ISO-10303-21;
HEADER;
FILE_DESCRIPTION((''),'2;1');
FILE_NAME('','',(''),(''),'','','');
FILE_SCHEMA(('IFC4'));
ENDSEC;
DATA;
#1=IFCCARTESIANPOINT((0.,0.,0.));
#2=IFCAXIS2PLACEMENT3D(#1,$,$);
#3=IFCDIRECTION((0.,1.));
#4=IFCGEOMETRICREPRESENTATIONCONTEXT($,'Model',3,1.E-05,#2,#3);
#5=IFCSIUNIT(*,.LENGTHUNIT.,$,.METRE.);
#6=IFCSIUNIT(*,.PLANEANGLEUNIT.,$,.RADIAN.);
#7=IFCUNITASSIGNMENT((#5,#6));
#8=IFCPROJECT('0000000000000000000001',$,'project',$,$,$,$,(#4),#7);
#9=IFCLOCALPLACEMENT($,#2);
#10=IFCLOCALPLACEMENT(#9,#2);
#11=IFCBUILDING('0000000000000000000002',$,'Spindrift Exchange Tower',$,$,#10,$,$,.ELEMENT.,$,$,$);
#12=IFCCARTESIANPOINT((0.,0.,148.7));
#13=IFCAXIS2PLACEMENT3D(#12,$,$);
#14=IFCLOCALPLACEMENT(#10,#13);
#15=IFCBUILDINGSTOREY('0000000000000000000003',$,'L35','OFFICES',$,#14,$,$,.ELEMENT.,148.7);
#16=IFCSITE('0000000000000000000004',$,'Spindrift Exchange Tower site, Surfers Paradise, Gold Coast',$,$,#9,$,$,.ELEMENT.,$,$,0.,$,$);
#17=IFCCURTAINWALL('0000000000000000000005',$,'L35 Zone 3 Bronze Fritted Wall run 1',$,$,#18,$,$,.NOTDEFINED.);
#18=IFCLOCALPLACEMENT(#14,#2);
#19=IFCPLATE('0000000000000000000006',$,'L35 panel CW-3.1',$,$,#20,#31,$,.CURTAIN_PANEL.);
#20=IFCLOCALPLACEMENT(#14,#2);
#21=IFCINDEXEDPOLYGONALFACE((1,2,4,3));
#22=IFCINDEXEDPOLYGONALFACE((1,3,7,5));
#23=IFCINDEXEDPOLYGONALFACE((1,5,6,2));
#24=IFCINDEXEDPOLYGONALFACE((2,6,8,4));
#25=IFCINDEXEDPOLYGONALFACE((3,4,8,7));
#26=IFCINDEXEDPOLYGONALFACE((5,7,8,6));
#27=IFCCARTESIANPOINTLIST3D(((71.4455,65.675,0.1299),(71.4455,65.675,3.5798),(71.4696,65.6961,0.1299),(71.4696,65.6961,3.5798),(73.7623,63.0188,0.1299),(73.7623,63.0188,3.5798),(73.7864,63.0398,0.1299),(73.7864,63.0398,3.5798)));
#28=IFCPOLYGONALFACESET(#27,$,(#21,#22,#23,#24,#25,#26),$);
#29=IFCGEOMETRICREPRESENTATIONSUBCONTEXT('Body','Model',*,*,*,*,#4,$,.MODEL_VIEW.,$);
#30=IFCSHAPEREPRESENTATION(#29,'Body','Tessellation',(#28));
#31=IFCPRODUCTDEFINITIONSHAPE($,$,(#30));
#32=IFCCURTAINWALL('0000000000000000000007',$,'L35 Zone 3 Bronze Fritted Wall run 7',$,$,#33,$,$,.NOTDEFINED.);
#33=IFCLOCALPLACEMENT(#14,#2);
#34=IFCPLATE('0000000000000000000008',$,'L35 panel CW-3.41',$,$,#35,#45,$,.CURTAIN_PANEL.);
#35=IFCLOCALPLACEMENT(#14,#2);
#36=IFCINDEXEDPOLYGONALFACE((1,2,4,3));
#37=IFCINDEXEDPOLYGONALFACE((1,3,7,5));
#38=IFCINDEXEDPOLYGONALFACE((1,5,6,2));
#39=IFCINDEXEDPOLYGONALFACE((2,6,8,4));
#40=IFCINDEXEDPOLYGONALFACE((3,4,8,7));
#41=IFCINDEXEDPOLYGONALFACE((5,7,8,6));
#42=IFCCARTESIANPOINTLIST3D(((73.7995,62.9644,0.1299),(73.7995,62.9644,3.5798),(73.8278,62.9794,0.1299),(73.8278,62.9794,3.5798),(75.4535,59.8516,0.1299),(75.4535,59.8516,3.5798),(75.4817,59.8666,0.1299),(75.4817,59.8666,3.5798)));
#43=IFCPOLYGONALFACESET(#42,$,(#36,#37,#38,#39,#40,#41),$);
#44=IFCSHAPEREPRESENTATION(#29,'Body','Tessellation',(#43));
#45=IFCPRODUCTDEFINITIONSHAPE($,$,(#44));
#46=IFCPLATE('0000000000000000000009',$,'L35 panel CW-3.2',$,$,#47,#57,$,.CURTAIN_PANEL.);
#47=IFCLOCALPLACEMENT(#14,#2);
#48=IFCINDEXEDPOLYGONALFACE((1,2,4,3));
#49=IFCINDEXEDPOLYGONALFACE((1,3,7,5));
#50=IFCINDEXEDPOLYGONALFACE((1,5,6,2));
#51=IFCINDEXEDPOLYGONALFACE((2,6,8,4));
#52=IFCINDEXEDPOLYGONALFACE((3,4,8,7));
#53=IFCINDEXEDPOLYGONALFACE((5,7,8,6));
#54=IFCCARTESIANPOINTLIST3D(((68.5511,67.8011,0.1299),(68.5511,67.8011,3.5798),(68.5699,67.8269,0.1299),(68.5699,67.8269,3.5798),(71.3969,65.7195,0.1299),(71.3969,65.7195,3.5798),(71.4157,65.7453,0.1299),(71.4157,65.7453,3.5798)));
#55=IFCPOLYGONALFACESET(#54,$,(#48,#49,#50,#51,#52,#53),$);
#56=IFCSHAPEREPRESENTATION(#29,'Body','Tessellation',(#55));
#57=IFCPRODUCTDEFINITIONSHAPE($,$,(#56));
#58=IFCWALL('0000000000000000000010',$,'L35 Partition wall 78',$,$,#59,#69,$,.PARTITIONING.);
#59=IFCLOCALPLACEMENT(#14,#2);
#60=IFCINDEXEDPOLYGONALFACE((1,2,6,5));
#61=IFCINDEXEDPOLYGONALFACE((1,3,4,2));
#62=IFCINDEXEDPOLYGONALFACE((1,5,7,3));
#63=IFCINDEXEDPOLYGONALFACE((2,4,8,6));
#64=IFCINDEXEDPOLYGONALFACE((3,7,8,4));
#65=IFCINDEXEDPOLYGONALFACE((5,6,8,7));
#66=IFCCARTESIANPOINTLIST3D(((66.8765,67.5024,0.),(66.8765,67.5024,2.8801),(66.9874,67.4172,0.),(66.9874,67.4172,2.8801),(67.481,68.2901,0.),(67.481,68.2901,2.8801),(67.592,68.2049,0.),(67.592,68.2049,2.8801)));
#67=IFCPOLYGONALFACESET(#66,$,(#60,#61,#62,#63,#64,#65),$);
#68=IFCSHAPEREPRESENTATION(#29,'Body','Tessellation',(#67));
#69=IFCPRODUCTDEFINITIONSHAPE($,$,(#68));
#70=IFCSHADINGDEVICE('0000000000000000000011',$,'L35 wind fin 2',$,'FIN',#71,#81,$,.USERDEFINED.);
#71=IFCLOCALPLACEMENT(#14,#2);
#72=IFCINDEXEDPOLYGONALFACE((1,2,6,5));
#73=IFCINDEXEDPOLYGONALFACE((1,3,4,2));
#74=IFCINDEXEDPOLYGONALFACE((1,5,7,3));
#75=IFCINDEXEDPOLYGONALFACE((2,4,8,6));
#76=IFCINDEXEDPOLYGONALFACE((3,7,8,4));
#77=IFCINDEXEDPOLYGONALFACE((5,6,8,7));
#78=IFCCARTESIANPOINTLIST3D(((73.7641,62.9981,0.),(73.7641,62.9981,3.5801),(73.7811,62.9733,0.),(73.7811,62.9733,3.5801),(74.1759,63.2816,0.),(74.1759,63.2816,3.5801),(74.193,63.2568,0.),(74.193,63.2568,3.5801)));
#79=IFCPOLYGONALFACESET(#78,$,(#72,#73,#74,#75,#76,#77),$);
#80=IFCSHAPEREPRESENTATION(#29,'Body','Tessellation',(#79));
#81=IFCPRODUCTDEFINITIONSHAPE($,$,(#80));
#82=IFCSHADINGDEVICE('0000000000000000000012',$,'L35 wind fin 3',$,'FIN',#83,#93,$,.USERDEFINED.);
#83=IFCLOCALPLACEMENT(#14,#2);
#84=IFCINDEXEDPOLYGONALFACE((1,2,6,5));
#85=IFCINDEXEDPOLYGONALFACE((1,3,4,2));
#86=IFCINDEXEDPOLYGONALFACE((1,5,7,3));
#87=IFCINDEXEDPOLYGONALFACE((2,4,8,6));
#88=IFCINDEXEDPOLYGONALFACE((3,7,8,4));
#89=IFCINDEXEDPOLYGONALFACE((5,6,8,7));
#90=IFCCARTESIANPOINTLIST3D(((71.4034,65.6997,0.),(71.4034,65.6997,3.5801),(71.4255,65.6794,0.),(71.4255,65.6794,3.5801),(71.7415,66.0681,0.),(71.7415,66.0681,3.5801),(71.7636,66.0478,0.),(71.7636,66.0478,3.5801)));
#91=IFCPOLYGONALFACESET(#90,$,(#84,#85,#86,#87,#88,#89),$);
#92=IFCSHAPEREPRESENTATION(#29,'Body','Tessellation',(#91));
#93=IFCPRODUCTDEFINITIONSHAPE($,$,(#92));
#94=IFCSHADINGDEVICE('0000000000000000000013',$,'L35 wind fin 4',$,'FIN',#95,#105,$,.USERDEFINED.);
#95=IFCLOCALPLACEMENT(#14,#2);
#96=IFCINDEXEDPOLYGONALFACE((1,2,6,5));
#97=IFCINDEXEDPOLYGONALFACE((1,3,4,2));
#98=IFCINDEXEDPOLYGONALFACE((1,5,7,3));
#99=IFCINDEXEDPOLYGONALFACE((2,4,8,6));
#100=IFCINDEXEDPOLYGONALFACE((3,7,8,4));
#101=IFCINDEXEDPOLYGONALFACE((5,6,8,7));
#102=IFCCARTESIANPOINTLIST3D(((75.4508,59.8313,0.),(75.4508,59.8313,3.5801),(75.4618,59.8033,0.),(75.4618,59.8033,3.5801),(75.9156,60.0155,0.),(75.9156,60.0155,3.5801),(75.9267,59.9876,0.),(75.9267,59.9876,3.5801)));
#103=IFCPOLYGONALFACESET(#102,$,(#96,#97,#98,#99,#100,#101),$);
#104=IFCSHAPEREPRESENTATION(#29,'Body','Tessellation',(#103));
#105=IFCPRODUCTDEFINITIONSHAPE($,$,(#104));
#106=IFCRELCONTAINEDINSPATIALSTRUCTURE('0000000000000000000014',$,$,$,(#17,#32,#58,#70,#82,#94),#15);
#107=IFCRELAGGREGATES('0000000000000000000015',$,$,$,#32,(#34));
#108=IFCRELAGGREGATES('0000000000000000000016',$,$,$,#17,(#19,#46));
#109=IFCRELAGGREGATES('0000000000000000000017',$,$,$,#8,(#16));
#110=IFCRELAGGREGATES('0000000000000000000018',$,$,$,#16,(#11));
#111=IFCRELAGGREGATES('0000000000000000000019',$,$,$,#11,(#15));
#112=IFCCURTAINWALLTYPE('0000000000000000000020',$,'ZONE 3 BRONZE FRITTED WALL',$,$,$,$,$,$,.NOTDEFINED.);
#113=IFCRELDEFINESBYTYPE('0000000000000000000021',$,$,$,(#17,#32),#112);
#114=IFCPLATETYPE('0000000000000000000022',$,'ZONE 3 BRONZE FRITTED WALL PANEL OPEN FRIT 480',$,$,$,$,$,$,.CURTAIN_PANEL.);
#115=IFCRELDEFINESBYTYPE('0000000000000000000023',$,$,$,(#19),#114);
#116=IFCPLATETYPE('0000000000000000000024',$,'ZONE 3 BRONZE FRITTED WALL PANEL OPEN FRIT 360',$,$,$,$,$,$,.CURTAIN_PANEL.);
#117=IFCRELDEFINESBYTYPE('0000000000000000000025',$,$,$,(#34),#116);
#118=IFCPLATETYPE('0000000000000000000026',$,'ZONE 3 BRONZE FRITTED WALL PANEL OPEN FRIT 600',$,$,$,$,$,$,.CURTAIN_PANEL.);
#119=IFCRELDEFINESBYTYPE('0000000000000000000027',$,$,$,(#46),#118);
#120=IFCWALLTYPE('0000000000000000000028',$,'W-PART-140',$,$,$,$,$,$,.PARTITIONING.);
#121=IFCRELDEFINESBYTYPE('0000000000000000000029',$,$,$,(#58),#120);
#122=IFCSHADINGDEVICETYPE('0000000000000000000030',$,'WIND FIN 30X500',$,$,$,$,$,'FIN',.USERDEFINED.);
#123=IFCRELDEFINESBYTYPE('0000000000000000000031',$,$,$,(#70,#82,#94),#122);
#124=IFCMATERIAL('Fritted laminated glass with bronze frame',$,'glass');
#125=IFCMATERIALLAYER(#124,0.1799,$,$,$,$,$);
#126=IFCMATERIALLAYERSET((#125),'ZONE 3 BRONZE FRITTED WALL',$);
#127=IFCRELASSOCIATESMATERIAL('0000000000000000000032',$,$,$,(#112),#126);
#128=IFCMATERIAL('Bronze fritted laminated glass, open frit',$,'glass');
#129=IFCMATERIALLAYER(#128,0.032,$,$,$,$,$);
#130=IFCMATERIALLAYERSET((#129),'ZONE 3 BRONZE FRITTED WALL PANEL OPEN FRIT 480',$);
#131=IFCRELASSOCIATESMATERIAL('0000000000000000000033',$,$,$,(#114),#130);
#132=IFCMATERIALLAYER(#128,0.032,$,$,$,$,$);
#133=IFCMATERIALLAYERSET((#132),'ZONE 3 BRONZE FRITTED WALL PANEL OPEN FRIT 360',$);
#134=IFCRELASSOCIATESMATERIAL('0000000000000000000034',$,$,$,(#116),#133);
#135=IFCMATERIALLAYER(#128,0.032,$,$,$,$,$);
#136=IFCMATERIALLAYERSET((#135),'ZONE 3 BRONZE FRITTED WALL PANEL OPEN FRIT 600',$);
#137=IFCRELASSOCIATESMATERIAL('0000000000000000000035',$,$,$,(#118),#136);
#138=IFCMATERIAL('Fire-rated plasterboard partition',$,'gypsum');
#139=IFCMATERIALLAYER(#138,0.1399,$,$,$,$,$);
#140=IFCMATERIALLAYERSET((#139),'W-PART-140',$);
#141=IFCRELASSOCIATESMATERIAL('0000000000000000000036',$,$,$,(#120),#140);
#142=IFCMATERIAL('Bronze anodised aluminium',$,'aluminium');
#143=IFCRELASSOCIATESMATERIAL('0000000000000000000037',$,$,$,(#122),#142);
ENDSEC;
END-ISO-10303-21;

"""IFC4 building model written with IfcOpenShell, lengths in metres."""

from ifc_helpers import new_model, si_unit, direction, frame, frame_2d, origin, origin_2d, place, context, subcontext, project, spatial, rectangle, extrude, source, transform, mapped, material, layer, layer_set, material_profile, profile_set, type_object, element, aggregate, save


model = new_model("IFC4")

# Units and contexts
model_context = context("Model", 3, precision=1e-05, world=origin(), true_north=direction((0.0, 1.0)))
body_context = subcontext(model_context, "Body", "Model", "MODEL_VIEW")
ifc_project = project(units=[si_unit("LENGTHUNIT", "METRE"), si_unit("PLANEANGLEUNIT", "RADIAN")], contexts=[model_context])

# Site, building, storey
site_placement = place(None, origin())
site = spatial("IfcSite", under=ifc_project, at=site_placement, Name="Spindrift Exchange Tower site, Surfers Paradise, Gold Coast", CompositionType="ELEMENT", RefElevation=0.0)
building_placement = place(site_placement, origin())
building = spatial("IfcBuilding", under=site, at=building_placement, Name="Spindrift Exchange Tower", CompositionType="ELEMENT")
storey_placement = place(building_placement, frame((0.0, 0.0, 148.7)))
storey = spatial("IfcBuildingStorey", under=building, at=storey_placement, Name="L35", Description="OFFICES", CompositionType="ELEMENT", Elevation=148.7)

# Curtain wall, plate
ifc_material_1 = material(Name="Fritted laminated glass with bronze frame", Category="glass")
ifc_layer_1 = layer(ifc_material_1, 0.1799)
ifc_layer_set_1 = layer_set([ifc_layer_1], Name="ZONE 3 BRONZE FRITTED WALL")
curtain_wall_type = type_object("IfcCurtainWallType", Name="ZONE 3 BRONZE FRITTED WALL", PredefinedType="NOTDEFINED", material=ifc_layer_set_1)
curtain_wall_1_placement = place(storey_placement, origin())
curtain_wall_1 = element("IfcCurtainWall", 1, at=curtain_wall_1_placement, inside=storey, type_object=curtain_wall_type, Name="L35 Zone 3 Bronze Fritted Wall run 1", PredefinedType="NOTDEFINED")
ifc_material_2 = material(Name="Bronze anodised aluminium", Category="aluminium")
ifc_material_3 = material(Name="Bronze fritted laminated glass, open frit", Category="glass")
ifc_layer_2 = layer(ifc_material_3, 0.032)
ifc_layer_set_2 = layer_set([ifc_layer_2], Name="ZONE 3 BRONZE FRITTED WALL PANEL OPEN FRIT 480")
plate_type_1 = type_object("IfcPlateType", Name="ZONE 3 BRONZE FRITTED WALL PANEL OPEN FRIT 480", PredefinedType="CURTAIN_PANEL", material=ifc_layer_set_2)
shared_shape_1 = source(origin(), body_context, "Body", "SweptSolid", [
    extrude(rectangle(XDim=3.5247, YDim=0.032, at=origin_2d()), origin(), (0.0, 0.0, 1.0), 3.45),
])
plate_1_placement = place(storey_placement, frame((72.616, 64.3574, 0.1299), z_axis=(0.0, 0.0, 1.0), x_axis=(-0.657311, 0.75362, 0.0)))
plate_1 = element("IfcPlate", 2, at=plate_1_placement, type_object=plate_type_1, Name="L35 panel CW-3.1", PredefinedType="CURTAIN_PANEL", context=body_context, shape_type="MappedRepresentation", body=[
    mapped(shared_shape_1, transform((0.0, 0.0, 0.0), scale=1.0)),
])

# Curtain wall, plate
curtain_wall_2_placement = place(storey_placement, origin())
curtain_wall_2 = element("IfcCurtainWall", 3, at=curtain_wall_2_placement, inside=storey, type_object=curtain_wall_type, Name="L35 Zone 3 Bronze Fritted Wall run 7", PredefinedType="NOTDEFINED")
ifc_layer_3 = layer(ifc_material_3, 0.032)
ifc_layer_set_3 = layer_set([ifc_layer_3], Name="ZONE 3 BRONZE FRITTED WALL PANEL OPEN FRIT 360")
plate_type_2 = type_object("IfcPlateType", Name="ZONE 3 BRONZE FRITTED WALL PANEL OPEN FRIT 360", PredefinedType="CURTAIN_PANEL", material=ifc_layer_set_3)
shared_shape_2 = source(origin(), body_context, "Body", "SweptSolid", [
    extrude(rectangle(XDim=3.5249, YDim=0.032, at=origin_2d()), origin(), (0.0, 0.0, 1.0), 3.45),
])
plate_2_placement = place(storey_placement, frame((74.6406, 61.4155, 0.1299), z_axis=(0.0, 0.0, 1.0), x_axis=(-0.469208, 0.883088, 0.0)))
plate_2 = element("IfcPlate", 4, at=plate_2_placement, type_object=plate_type_2, Name="L35 panel CW-3.41", PredefinedType="CURTAIN_PANEL", context=body_context, shape_type="MappedRepresentation", body=[
    mapped(shared_shape_2, transform((0.0, 0.0, 0.0), scale=1.0)),
])
aggregate(curtain_wall_2, [plate_2])

# Plate
ifc_layer_4 = layer(ifc_material_3, 0.032)
ifc_layer_set_4 = layer_set([ifc_layer_4], Name="ZONE 3 BRONZE FRITTED WALL PANEL OPEN FRIT 600")
plate_type_3 = type_object("IfcPlateType", Name="ZONE 3 BRONZE FRITTED WALL PANEL OPEN FRIT 600", PredefinedType="CURTAIN_PANEL", material=ifc_layer_set_4)
shared_shape_3 = source(origin(), body_context, "Body", "SweptSolid", [
    extrude(rectangle(XDim=3.5259, YDim=0.032, at=origin_2d()), origin(), (0.0, 0.0, 1.0), 3.45),
])
plate_3_placement = place(storey_placement, frame((69.9834, 66.7732, 0.1299), z_axis=(0.0, 0.0, 1.0), x_axis=(-0.807118, 0.59039, 0.0)))
plate_3 = element("IfcPlate", 5, at=plate_3_placement, type_object=plate_type_3, Name="L35 panel CW-3.2", PredefinedType="CURTAIN_PANEL", context=body_context, shape_type="MappedRepresentation", body=[
    mapped(shared_shape_3, transform((0.0, 0.0, 0.0), scale=1.0)),
])
aggregate(curtain_wall_1, [plate_1, plate_3])

# Wall
ifc_material_4 = material(Name="Fire-rated plasterboard partition", Category="gypsum")
ifc_layer_5 = layer(ifc_material_4, 0.1399)
ifc_layer_set_5 = layer_set([ifc_layer_5], Name="W-PART-140")
wall_type = type_object("IfcWallType", Name="W-PART-140", PredefinedType="PARTITIONING", material=ifc_layer_set_5)
wall_placement = place(storey_placement, frame((66.9319, 67.4597, 0.0), z_axis=(0.0, 0.0, 1.0), x_axis=(0.608855, 0.793282, 0.0)))
element("IfcWall", 6, at=wall_placement, inside=storey, type_object=wall_type, Name="L35 Partition wall 78", PredefinedType="PARTITIONING", context=body_context, shape_type="SweptSolid", body=[
    extrude(rectangle(XDim=0.9929, YDim=0.1399, at=frame_2d((0.4966, 0.0))), origin(), (0.0, 0.0, 1.0), 2.8801),
])

# Shading devices
ifc_material_profile_1 = material_profile(ifc_material_2, rectangle(XDim=0.03, YDim=0.5, at=origin_2d()), Name="WIND FIN 30X500")
ifc_profile_set_1 = profile_set([ifc_material_profile_1], Name="Bronze anodised aluminium")
shading_device_type = type_object("IfcShadingDeviceType", Name="WIND FIN 30X500", ElementType="FIN", PredefinedType="USERDEFINED", material=ifc_profile_set_1)
shared_shape_4 = source(origin(), body_context, "Body", "SweptSolid", [
    extrude(rectangle(XDim=0.03, YDim=0.5, at=origin_2d()), origin(), (0.0, 0.0, 1.0), 3.5801),
])
for number, where, z_axis, x_axis, name in (
    (7, (73.9785, 63.1274, 0.0), (0.0, 0.0, 1.0), (-0.566967, 0.82374, 0.0), "L35 wind fin 2"),
    (8, (71.5835, 65.8738, 0.0), (0.0, 0.0, 1.0), (-0.736749, 0.676166, 0.0), "L35 wind fin 3"),
    (9, (75.6887, 59.9094, 0.0), (0.0, 0.0, 1.0), (-0.368488, 0.929632, 0.0), "L35 wind fin 4"),
):
    element("IfcShadingDevice", number, at=place(storey_placement, frame(where, z_axis=z_axis, x_axis=x_axis)), inside=storey, type_object=shading_device_type, Name=name, ObjectType="FIN", PredefinedType="USERDEFINED", context=body_context, shape_type="MappedRepresentation", body=[
        mapped(shared_shape_4, transform((0.0, 0.0, 0.0), scale=1.0)),
    ])

save(model, "model.ifc")
